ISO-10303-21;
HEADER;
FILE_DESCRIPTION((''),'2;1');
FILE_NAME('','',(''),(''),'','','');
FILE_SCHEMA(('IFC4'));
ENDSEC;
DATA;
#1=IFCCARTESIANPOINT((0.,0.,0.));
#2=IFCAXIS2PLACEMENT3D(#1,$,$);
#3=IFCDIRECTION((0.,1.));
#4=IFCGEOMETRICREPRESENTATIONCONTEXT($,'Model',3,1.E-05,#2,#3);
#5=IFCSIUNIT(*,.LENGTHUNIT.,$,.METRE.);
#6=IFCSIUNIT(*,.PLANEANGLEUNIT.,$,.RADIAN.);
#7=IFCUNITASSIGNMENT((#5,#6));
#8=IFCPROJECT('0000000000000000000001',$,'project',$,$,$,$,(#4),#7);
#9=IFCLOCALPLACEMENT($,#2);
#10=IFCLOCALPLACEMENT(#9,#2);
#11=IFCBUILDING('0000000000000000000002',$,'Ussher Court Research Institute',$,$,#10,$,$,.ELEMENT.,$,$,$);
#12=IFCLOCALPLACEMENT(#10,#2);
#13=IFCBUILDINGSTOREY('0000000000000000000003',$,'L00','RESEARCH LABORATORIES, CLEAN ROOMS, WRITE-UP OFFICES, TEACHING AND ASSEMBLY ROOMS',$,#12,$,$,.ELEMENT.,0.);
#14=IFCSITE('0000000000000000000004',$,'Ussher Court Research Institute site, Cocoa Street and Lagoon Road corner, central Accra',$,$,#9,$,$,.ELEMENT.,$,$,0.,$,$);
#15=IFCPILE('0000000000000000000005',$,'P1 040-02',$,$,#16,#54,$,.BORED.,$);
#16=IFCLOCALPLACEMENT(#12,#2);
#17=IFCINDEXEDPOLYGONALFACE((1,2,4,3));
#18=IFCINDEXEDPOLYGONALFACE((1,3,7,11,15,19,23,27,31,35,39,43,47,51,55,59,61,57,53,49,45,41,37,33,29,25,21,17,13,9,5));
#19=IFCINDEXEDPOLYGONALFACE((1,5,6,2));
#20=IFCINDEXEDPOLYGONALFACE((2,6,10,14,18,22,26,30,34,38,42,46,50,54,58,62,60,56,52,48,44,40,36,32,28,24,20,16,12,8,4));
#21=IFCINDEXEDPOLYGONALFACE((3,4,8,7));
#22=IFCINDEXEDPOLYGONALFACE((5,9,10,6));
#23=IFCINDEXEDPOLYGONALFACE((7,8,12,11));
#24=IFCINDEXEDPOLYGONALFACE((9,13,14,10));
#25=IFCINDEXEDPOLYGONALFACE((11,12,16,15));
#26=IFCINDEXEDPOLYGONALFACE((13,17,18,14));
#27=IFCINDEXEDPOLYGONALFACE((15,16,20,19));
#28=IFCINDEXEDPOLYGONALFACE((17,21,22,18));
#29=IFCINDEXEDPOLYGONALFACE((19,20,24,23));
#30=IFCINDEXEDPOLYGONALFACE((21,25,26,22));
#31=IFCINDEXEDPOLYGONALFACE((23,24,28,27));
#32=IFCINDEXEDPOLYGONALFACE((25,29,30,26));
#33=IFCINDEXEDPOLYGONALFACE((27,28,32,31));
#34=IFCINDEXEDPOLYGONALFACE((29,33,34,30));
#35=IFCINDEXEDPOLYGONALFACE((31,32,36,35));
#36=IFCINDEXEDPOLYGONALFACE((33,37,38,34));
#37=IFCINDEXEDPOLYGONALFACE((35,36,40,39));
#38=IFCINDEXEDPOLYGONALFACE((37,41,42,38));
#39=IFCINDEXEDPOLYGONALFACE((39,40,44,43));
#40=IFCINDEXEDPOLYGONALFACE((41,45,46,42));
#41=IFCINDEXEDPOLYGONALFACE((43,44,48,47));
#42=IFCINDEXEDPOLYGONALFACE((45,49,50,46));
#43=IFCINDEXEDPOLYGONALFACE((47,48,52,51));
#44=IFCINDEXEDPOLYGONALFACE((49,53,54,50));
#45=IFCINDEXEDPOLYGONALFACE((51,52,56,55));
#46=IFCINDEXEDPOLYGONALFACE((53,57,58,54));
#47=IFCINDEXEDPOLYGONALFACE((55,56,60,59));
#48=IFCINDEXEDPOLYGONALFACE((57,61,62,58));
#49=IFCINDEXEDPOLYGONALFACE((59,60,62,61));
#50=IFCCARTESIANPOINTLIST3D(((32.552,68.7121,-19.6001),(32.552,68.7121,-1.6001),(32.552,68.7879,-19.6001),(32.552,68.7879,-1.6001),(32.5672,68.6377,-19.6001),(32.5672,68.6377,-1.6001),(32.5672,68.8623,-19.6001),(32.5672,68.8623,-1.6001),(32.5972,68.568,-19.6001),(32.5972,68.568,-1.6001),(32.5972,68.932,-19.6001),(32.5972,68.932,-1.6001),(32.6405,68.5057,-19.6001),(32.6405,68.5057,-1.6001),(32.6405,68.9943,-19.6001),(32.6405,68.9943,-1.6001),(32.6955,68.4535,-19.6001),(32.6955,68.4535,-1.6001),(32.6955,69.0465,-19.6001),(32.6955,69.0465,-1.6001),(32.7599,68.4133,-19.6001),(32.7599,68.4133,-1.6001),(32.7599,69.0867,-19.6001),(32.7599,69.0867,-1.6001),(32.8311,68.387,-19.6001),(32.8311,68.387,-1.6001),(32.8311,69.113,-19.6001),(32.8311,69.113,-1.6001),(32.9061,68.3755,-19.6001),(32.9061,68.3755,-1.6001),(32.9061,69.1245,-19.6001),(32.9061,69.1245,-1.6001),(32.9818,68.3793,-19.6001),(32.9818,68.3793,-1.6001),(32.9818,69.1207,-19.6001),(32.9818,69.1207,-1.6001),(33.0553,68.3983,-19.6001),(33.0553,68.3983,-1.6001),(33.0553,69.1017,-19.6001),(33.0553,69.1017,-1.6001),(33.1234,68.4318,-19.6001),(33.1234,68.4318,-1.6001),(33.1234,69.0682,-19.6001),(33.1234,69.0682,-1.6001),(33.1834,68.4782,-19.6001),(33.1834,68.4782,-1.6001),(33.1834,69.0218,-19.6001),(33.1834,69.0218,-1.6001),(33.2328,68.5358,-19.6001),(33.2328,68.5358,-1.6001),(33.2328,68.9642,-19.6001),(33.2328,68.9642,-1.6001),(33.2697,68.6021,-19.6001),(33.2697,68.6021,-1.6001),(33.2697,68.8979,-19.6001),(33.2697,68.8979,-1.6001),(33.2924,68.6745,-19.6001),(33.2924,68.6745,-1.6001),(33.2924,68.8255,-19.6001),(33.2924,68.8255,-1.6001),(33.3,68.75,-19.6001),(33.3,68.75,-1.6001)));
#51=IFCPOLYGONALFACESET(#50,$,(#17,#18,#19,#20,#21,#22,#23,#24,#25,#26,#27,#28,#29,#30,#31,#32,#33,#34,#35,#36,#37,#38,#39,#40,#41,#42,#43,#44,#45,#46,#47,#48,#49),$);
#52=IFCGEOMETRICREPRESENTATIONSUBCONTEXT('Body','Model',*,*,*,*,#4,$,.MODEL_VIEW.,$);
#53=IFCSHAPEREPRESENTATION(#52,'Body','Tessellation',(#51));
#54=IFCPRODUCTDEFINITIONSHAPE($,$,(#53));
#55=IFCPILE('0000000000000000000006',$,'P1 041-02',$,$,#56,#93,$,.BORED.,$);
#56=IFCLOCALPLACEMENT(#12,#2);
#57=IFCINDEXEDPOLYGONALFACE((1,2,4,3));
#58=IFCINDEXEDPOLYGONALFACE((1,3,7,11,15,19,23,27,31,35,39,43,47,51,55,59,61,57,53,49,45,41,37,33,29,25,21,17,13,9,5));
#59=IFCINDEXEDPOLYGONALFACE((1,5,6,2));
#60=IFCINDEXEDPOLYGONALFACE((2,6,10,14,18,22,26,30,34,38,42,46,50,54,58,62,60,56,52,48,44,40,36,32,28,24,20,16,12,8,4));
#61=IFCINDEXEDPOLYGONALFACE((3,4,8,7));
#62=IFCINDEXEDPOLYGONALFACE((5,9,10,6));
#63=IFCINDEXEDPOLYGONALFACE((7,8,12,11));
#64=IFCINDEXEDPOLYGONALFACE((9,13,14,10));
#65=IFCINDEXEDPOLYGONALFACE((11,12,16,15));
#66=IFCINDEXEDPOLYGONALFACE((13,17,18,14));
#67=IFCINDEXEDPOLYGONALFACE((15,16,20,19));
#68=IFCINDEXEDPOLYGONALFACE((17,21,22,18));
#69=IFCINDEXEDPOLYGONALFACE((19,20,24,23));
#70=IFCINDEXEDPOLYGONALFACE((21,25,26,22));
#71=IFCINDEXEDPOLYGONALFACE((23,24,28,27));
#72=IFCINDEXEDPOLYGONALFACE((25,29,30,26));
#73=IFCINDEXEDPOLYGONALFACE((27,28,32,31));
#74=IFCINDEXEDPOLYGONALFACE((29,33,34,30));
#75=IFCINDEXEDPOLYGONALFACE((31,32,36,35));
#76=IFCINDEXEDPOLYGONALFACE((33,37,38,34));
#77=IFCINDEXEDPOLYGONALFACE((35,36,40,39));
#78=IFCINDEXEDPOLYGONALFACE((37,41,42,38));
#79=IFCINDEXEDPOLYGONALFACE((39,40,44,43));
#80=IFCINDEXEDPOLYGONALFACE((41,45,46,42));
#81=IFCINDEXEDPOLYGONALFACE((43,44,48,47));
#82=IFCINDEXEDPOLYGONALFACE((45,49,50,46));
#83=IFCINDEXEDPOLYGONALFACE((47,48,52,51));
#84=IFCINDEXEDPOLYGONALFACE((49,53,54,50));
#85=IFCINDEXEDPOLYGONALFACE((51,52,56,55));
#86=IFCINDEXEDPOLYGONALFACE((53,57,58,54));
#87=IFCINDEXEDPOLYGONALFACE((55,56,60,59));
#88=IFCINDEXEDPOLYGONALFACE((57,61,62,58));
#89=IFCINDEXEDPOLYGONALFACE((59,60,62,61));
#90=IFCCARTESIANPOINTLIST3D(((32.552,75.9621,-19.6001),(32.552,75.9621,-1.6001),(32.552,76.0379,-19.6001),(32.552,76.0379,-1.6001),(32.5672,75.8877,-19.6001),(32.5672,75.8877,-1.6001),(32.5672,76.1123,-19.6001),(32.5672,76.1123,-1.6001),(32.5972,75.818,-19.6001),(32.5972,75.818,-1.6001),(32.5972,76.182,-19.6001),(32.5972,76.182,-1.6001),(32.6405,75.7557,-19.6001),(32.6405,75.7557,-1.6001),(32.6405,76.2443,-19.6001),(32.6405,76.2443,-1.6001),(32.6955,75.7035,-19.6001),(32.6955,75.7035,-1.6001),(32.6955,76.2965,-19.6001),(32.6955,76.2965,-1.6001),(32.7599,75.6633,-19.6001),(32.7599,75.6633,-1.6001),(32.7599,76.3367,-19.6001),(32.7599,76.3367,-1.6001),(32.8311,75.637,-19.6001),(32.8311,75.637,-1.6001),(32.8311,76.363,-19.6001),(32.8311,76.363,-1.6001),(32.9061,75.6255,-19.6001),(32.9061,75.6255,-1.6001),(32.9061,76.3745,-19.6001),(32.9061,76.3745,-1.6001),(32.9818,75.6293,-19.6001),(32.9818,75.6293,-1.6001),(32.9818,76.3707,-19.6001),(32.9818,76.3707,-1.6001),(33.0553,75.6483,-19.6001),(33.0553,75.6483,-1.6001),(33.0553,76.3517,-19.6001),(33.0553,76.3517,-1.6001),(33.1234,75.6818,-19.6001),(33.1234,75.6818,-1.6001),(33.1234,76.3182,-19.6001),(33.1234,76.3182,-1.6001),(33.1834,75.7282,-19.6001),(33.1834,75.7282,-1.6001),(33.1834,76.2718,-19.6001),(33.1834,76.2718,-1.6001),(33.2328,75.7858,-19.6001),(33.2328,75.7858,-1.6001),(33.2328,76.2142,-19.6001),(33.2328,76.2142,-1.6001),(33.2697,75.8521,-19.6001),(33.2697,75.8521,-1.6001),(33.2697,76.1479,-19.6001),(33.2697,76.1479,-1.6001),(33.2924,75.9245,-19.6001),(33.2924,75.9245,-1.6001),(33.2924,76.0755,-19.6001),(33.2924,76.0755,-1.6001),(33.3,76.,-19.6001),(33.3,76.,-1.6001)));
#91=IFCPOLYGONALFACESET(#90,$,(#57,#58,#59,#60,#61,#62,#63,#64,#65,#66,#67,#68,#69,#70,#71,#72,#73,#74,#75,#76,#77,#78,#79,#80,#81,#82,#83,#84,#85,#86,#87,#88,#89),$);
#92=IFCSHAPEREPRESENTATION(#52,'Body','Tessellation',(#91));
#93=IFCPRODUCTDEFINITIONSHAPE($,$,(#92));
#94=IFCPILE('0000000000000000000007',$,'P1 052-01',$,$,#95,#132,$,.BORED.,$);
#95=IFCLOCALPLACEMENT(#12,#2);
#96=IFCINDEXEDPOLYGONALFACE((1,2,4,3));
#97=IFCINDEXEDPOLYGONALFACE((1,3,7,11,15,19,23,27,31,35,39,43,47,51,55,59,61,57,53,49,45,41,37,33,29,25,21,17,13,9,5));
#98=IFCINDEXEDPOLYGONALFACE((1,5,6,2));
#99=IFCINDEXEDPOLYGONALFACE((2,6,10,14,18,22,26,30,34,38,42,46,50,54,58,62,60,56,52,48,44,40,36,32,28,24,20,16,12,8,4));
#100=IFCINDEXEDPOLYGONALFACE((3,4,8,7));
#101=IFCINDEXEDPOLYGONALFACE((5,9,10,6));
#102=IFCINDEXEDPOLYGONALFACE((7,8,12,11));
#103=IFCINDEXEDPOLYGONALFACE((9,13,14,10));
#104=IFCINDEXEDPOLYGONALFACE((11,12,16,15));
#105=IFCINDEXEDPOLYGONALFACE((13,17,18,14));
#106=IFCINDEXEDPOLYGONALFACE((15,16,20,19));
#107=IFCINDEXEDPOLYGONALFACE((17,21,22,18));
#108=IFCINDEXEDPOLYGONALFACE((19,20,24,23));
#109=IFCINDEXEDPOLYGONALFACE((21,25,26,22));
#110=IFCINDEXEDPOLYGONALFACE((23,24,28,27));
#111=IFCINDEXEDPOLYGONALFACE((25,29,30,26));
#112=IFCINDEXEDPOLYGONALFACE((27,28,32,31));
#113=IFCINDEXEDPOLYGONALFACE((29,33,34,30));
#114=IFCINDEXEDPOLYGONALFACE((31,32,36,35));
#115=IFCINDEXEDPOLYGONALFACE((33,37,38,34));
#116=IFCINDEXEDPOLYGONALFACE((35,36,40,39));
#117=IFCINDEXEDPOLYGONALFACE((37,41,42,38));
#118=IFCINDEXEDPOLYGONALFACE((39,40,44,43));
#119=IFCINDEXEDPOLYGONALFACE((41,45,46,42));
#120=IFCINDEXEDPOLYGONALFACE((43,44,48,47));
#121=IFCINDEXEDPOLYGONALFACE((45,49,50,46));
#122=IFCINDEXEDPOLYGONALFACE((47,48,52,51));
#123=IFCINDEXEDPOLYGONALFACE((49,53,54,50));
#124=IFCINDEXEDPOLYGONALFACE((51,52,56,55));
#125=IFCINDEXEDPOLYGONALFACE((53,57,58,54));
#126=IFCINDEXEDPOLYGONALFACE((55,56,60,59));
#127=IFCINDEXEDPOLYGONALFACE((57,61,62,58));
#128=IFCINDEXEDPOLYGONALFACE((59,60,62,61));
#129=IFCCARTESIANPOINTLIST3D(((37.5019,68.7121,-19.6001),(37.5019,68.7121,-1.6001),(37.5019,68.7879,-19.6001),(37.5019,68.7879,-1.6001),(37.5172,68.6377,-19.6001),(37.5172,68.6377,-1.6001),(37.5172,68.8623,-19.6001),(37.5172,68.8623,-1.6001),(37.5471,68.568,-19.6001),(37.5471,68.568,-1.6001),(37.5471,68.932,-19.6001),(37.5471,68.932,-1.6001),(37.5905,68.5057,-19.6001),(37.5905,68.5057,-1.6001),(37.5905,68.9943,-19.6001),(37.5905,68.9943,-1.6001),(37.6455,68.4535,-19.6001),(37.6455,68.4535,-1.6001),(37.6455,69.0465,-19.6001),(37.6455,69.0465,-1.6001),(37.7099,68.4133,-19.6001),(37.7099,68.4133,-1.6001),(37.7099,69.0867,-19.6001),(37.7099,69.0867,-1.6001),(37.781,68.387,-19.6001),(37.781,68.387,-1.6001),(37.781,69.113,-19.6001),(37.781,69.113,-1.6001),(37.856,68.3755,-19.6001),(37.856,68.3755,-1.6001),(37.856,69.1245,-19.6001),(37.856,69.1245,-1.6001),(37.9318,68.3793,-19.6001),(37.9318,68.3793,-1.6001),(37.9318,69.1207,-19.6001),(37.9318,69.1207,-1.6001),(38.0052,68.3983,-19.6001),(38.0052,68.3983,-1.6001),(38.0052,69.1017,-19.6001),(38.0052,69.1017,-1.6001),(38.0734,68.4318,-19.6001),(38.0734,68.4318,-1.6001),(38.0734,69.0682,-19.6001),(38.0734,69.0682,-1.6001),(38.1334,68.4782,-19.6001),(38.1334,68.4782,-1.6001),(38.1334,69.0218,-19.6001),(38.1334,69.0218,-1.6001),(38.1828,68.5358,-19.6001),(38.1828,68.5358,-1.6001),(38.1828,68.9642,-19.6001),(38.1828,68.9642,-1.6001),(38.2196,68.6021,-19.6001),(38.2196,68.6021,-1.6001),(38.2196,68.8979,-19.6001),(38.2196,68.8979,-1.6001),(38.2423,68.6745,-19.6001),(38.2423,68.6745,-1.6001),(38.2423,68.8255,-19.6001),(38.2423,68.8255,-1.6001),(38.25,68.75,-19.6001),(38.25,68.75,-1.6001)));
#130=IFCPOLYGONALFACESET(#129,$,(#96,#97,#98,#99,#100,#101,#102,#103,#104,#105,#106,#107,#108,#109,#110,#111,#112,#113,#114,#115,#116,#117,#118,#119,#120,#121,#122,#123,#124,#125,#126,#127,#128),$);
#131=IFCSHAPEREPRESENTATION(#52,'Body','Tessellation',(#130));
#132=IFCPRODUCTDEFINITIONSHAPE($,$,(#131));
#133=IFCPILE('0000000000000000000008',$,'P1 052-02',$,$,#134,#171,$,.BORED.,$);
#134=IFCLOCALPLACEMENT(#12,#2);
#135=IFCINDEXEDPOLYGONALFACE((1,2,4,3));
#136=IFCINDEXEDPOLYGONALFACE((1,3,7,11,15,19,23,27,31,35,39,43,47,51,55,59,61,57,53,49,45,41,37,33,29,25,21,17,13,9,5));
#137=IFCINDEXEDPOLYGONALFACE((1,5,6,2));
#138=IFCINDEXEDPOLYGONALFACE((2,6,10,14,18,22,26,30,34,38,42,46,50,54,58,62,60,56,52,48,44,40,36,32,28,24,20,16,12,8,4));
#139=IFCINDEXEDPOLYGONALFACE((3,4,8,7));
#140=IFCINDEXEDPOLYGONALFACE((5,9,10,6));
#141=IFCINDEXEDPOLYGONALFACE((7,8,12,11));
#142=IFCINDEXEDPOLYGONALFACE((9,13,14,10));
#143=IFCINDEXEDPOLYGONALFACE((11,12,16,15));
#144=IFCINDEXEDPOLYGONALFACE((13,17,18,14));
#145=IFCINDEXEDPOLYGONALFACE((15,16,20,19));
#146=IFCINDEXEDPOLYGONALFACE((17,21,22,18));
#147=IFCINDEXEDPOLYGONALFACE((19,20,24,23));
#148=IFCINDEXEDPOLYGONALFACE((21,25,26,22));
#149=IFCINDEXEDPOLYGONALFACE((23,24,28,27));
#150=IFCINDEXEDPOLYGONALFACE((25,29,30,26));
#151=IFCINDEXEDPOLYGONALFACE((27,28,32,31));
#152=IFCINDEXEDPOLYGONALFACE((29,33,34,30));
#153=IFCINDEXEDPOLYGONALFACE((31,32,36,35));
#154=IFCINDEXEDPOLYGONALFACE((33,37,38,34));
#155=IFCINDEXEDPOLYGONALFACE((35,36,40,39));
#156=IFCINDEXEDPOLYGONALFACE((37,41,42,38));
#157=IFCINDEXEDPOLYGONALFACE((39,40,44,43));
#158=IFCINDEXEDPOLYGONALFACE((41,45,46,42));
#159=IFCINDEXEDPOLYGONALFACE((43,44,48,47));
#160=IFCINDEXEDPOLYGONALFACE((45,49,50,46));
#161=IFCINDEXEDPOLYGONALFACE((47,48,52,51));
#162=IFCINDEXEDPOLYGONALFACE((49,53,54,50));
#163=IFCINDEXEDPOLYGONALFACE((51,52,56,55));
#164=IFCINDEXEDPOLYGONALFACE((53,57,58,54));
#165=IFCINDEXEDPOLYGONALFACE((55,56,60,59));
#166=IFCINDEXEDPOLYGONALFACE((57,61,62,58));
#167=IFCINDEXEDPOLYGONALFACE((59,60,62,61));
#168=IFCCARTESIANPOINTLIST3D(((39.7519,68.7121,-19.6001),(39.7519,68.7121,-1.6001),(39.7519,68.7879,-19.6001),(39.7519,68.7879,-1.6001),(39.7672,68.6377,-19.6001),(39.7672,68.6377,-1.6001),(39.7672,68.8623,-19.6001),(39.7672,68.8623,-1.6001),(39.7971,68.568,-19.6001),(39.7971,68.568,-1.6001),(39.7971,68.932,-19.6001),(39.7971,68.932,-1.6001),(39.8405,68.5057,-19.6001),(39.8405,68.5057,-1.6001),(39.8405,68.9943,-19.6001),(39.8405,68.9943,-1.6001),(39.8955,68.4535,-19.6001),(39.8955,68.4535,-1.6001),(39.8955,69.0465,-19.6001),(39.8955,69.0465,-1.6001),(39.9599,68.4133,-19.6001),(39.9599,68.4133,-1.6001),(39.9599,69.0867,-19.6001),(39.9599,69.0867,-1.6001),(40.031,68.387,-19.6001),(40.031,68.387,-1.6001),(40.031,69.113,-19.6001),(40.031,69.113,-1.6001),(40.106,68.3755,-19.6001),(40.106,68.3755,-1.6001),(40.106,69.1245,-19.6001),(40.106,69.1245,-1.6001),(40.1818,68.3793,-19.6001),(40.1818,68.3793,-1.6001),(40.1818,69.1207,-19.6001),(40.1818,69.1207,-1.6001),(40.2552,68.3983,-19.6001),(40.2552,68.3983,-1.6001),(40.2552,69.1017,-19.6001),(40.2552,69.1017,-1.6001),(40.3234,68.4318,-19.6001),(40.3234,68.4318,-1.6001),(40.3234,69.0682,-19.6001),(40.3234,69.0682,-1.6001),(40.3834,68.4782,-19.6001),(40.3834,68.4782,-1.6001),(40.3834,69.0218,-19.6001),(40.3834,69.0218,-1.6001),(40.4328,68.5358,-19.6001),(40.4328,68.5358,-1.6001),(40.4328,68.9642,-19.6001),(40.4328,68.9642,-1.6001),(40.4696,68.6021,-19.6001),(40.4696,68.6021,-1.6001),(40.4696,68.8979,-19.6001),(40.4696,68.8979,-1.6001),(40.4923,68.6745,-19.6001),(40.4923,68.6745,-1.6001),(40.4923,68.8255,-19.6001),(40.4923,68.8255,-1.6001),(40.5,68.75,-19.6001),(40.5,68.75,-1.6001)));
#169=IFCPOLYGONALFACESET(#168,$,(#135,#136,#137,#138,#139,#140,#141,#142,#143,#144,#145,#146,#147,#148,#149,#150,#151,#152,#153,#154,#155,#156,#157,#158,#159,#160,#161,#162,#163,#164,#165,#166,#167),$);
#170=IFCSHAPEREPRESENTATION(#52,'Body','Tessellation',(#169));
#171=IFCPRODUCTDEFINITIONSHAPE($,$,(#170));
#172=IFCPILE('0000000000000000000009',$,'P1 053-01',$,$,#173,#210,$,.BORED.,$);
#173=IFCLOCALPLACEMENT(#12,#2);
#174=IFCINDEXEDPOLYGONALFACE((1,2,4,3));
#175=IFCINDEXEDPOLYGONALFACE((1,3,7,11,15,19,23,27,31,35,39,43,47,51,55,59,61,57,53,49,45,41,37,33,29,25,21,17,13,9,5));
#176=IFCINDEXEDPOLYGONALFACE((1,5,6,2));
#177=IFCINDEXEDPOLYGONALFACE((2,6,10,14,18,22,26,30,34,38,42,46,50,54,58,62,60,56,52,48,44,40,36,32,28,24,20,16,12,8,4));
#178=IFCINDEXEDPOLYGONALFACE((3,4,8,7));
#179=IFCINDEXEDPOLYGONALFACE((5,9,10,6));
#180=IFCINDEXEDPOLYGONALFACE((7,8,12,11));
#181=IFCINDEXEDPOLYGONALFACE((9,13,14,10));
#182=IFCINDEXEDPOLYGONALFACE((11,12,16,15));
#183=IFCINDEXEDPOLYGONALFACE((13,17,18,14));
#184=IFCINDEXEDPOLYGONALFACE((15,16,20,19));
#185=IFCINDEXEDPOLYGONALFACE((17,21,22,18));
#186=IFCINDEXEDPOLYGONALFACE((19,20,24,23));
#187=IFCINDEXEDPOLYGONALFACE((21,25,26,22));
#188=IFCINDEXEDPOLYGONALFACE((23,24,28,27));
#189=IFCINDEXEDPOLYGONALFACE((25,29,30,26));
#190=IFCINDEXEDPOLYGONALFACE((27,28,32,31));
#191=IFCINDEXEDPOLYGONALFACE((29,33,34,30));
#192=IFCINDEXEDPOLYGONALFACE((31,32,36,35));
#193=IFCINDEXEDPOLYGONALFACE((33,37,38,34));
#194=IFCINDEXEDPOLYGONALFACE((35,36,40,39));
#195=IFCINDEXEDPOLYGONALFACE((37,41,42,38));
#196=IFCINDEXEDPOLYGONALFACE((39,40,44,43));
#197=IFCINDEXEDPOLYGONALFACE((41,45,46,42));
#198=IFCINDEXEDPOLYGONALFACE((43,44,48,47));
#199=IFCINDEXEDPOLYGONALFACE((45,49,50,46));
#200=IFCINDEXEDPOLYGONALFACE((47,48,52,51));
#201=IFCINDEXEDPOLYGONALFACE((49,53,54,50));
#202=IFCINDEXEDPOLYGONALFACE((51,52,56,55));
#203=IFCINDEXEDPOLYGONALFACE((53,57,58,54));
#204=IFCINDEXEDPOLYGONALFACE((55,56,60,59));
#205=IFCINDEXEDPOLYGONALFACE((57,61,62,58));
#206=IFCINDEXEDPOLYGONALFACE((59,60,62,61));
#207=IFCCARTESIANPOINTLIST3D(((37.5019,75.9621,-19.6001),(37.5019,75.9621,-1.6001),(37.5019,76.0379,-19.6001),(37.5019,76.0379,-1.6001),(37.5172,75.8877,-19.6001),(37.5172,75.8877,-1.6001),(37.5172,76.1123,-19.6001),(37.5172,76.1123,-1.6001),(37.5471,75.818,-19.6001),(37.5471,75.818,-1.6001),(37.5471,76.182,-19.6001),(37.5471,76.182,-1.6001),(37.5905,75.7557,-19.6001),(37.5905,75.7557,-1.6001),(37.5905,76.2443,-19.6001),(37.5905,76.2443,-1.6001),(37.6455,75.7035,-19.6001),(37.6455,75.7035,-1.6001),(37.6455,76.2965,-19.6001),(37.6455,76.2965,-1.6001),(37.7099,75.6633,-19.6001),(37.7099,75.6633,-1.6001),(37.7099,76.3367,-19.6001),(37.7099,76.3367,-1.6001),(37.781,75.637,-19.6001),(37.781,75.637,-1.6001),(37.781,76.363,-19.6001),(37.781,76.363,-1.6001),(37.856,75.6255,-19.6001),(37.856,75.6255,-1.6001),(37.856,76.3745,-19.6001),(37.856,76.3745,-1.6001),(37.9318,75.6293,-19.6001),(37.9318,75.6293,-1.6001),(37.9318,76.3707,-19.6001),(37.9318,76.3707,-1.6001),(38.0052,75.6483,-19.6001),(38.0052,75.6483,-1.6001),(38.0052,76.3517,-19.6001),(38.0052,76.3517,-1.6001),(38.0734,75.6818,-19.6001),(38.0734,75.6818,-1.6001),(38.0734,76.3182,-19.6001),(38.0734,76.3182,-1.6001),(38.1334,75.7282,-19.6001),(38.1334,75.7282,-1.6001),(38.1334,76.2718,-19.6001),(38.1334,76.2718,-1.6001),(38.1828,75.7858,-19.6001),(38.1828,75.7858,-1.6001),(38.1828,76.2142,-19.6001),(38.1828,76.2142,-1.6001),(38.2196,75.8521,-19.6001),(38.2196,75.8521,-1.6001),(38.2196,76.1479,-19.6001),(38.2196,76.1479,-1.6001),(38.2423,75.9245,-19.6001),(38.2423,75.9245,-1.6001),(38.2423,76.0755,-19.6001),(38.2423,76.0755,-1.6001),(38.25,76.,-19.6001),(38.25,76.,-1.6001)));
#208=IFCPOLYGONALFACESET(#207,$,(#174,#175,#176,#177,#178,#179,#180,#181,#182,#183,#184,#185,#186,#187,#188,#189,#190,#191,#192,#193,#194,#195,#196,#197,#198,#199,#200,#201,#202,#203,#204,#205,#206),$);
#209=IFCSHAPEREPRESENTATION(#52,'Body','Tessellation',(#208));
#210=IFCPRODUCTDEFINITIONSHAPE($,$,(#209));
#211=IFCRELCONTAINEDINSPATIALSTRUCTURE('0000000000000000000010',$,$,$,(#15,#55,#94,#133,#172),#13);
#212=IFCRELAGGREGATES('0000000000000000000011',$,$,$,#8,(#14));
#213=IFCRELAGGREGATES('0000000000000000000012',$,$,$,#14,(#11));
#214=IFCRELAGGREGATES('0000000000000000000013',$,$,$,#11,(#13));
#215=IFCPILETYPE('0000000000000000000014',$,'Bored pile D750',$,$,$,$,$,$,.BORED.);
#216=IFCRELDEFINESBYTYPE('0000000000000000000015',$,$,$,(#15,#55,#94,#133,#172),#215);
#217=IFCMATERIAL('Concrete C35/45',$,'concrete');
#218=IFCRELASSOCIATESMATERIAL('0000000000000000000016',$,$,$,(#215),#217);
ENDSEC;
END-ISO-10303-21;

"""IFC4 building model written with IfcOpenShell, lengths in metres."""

from ifc_helpers import new_model, si_unit, direction, frame, origin, origin_2d, place, context, subcontext, project, spatial, circle, extrude, material, material_profile, profile_set, type_object, element, save


model = new_model("IFC4")

# Units and contexts
model_context = context("Model", 3, precision=1e-05, world=origin(), true_north=direction((0.0, 1.0)))
body_context = subcontext(model_context, "Body", "Model", "MODEL_VIEW")
ifc_project = project(units=[si_unit("LENGTHUNIT", "METRE"), si_unit("PLANEANGLEUNIT", "RADIAN")], contexts=[model_context])

# Site, building, storey
site_placement = place(None, origin())
site = spatial("IfcSite", under=ifc_project, at=site_placement, Name="Ussher Court Research Institute site, Cocoa Street and Lagoon Road corner, central Accra", CompositionType="ELEMENT", RefElevation=0.0)
building_placement = place(site_placement, origin())
building = spatial("IfcBuilding", under=site, at=building_placement, Name="Ussher Court Research Institute", CompositionType="ELEMENT")
storey_placement = place(building_placement, origin())
storey = spatial("IfcBuildingStorey", under=building, at=storey_placement, Name="L00", Description="RESEARCH LABORATORIES, CLEAN ROOMS, WRITE-UP OFFICES, TEACHING AND ASSEMBLY ROOMS", CompositionType="ELEMENT", Elevation=0.0)

# Piles
ifc_material_1 = material(Name="Concrete C35/45", Category="concrete")
ifc_material_profile_1 = material_profile(ifc_material_1, circle(Radius=0.375, at=origin_2d()), Name="RC D750")
ifc_profile_set_1 = profile_set([ifc_material_profile_1], Name="Concrete C35/45")
pile_type = type_object("IfcPileType", Name="Bored pile D750", PredefinedType="BORED", material=ifc_profile_set_1)
for number, where, z_axis, x_axis, name in (
    (1, (32.925, 68.75, -1.6001), (0.0, 0.0, -1.0), (1.0, 0.0, 0.0), "P1 040-02"),
    (2, (32.925, 76.0, -1.6001), (0.0, 0.0, -1.0), (1.0, 0.0, 0.0), "P1 041-02"),
    (3, (37.875, 68.75, -1.6001), (0.0, 0.0, -1.0), (1.0, 0.0, 0.0), "P1 052-01"),
    (4, (40.125, 68.75, -1.6001), (0.0, 0.0, -1.0), (1.0, 0.0, 0.0), "P1 052-02"),
    (5, (37.875, 76.0, -1.6001), (0.0, 0.0, -1.0), (1.0, 0.0, 0.0), "P1 053-01"),
):
    element("IfcPile", number, at=place(storey_placement, frame(where, z_axis=z_axis, x_axis=x_axis)), inside=storey, type_object=pile_type, Name=name, PredefinedType="BORED", context=body_context, shape_type="SweptSolid", body=[
        extrude(circle(Radius=0.375, at=origin_2d()), origin(), (0.0, 0.0, 1.0), 18.0),
    ])

save(model, "model.ifc")
